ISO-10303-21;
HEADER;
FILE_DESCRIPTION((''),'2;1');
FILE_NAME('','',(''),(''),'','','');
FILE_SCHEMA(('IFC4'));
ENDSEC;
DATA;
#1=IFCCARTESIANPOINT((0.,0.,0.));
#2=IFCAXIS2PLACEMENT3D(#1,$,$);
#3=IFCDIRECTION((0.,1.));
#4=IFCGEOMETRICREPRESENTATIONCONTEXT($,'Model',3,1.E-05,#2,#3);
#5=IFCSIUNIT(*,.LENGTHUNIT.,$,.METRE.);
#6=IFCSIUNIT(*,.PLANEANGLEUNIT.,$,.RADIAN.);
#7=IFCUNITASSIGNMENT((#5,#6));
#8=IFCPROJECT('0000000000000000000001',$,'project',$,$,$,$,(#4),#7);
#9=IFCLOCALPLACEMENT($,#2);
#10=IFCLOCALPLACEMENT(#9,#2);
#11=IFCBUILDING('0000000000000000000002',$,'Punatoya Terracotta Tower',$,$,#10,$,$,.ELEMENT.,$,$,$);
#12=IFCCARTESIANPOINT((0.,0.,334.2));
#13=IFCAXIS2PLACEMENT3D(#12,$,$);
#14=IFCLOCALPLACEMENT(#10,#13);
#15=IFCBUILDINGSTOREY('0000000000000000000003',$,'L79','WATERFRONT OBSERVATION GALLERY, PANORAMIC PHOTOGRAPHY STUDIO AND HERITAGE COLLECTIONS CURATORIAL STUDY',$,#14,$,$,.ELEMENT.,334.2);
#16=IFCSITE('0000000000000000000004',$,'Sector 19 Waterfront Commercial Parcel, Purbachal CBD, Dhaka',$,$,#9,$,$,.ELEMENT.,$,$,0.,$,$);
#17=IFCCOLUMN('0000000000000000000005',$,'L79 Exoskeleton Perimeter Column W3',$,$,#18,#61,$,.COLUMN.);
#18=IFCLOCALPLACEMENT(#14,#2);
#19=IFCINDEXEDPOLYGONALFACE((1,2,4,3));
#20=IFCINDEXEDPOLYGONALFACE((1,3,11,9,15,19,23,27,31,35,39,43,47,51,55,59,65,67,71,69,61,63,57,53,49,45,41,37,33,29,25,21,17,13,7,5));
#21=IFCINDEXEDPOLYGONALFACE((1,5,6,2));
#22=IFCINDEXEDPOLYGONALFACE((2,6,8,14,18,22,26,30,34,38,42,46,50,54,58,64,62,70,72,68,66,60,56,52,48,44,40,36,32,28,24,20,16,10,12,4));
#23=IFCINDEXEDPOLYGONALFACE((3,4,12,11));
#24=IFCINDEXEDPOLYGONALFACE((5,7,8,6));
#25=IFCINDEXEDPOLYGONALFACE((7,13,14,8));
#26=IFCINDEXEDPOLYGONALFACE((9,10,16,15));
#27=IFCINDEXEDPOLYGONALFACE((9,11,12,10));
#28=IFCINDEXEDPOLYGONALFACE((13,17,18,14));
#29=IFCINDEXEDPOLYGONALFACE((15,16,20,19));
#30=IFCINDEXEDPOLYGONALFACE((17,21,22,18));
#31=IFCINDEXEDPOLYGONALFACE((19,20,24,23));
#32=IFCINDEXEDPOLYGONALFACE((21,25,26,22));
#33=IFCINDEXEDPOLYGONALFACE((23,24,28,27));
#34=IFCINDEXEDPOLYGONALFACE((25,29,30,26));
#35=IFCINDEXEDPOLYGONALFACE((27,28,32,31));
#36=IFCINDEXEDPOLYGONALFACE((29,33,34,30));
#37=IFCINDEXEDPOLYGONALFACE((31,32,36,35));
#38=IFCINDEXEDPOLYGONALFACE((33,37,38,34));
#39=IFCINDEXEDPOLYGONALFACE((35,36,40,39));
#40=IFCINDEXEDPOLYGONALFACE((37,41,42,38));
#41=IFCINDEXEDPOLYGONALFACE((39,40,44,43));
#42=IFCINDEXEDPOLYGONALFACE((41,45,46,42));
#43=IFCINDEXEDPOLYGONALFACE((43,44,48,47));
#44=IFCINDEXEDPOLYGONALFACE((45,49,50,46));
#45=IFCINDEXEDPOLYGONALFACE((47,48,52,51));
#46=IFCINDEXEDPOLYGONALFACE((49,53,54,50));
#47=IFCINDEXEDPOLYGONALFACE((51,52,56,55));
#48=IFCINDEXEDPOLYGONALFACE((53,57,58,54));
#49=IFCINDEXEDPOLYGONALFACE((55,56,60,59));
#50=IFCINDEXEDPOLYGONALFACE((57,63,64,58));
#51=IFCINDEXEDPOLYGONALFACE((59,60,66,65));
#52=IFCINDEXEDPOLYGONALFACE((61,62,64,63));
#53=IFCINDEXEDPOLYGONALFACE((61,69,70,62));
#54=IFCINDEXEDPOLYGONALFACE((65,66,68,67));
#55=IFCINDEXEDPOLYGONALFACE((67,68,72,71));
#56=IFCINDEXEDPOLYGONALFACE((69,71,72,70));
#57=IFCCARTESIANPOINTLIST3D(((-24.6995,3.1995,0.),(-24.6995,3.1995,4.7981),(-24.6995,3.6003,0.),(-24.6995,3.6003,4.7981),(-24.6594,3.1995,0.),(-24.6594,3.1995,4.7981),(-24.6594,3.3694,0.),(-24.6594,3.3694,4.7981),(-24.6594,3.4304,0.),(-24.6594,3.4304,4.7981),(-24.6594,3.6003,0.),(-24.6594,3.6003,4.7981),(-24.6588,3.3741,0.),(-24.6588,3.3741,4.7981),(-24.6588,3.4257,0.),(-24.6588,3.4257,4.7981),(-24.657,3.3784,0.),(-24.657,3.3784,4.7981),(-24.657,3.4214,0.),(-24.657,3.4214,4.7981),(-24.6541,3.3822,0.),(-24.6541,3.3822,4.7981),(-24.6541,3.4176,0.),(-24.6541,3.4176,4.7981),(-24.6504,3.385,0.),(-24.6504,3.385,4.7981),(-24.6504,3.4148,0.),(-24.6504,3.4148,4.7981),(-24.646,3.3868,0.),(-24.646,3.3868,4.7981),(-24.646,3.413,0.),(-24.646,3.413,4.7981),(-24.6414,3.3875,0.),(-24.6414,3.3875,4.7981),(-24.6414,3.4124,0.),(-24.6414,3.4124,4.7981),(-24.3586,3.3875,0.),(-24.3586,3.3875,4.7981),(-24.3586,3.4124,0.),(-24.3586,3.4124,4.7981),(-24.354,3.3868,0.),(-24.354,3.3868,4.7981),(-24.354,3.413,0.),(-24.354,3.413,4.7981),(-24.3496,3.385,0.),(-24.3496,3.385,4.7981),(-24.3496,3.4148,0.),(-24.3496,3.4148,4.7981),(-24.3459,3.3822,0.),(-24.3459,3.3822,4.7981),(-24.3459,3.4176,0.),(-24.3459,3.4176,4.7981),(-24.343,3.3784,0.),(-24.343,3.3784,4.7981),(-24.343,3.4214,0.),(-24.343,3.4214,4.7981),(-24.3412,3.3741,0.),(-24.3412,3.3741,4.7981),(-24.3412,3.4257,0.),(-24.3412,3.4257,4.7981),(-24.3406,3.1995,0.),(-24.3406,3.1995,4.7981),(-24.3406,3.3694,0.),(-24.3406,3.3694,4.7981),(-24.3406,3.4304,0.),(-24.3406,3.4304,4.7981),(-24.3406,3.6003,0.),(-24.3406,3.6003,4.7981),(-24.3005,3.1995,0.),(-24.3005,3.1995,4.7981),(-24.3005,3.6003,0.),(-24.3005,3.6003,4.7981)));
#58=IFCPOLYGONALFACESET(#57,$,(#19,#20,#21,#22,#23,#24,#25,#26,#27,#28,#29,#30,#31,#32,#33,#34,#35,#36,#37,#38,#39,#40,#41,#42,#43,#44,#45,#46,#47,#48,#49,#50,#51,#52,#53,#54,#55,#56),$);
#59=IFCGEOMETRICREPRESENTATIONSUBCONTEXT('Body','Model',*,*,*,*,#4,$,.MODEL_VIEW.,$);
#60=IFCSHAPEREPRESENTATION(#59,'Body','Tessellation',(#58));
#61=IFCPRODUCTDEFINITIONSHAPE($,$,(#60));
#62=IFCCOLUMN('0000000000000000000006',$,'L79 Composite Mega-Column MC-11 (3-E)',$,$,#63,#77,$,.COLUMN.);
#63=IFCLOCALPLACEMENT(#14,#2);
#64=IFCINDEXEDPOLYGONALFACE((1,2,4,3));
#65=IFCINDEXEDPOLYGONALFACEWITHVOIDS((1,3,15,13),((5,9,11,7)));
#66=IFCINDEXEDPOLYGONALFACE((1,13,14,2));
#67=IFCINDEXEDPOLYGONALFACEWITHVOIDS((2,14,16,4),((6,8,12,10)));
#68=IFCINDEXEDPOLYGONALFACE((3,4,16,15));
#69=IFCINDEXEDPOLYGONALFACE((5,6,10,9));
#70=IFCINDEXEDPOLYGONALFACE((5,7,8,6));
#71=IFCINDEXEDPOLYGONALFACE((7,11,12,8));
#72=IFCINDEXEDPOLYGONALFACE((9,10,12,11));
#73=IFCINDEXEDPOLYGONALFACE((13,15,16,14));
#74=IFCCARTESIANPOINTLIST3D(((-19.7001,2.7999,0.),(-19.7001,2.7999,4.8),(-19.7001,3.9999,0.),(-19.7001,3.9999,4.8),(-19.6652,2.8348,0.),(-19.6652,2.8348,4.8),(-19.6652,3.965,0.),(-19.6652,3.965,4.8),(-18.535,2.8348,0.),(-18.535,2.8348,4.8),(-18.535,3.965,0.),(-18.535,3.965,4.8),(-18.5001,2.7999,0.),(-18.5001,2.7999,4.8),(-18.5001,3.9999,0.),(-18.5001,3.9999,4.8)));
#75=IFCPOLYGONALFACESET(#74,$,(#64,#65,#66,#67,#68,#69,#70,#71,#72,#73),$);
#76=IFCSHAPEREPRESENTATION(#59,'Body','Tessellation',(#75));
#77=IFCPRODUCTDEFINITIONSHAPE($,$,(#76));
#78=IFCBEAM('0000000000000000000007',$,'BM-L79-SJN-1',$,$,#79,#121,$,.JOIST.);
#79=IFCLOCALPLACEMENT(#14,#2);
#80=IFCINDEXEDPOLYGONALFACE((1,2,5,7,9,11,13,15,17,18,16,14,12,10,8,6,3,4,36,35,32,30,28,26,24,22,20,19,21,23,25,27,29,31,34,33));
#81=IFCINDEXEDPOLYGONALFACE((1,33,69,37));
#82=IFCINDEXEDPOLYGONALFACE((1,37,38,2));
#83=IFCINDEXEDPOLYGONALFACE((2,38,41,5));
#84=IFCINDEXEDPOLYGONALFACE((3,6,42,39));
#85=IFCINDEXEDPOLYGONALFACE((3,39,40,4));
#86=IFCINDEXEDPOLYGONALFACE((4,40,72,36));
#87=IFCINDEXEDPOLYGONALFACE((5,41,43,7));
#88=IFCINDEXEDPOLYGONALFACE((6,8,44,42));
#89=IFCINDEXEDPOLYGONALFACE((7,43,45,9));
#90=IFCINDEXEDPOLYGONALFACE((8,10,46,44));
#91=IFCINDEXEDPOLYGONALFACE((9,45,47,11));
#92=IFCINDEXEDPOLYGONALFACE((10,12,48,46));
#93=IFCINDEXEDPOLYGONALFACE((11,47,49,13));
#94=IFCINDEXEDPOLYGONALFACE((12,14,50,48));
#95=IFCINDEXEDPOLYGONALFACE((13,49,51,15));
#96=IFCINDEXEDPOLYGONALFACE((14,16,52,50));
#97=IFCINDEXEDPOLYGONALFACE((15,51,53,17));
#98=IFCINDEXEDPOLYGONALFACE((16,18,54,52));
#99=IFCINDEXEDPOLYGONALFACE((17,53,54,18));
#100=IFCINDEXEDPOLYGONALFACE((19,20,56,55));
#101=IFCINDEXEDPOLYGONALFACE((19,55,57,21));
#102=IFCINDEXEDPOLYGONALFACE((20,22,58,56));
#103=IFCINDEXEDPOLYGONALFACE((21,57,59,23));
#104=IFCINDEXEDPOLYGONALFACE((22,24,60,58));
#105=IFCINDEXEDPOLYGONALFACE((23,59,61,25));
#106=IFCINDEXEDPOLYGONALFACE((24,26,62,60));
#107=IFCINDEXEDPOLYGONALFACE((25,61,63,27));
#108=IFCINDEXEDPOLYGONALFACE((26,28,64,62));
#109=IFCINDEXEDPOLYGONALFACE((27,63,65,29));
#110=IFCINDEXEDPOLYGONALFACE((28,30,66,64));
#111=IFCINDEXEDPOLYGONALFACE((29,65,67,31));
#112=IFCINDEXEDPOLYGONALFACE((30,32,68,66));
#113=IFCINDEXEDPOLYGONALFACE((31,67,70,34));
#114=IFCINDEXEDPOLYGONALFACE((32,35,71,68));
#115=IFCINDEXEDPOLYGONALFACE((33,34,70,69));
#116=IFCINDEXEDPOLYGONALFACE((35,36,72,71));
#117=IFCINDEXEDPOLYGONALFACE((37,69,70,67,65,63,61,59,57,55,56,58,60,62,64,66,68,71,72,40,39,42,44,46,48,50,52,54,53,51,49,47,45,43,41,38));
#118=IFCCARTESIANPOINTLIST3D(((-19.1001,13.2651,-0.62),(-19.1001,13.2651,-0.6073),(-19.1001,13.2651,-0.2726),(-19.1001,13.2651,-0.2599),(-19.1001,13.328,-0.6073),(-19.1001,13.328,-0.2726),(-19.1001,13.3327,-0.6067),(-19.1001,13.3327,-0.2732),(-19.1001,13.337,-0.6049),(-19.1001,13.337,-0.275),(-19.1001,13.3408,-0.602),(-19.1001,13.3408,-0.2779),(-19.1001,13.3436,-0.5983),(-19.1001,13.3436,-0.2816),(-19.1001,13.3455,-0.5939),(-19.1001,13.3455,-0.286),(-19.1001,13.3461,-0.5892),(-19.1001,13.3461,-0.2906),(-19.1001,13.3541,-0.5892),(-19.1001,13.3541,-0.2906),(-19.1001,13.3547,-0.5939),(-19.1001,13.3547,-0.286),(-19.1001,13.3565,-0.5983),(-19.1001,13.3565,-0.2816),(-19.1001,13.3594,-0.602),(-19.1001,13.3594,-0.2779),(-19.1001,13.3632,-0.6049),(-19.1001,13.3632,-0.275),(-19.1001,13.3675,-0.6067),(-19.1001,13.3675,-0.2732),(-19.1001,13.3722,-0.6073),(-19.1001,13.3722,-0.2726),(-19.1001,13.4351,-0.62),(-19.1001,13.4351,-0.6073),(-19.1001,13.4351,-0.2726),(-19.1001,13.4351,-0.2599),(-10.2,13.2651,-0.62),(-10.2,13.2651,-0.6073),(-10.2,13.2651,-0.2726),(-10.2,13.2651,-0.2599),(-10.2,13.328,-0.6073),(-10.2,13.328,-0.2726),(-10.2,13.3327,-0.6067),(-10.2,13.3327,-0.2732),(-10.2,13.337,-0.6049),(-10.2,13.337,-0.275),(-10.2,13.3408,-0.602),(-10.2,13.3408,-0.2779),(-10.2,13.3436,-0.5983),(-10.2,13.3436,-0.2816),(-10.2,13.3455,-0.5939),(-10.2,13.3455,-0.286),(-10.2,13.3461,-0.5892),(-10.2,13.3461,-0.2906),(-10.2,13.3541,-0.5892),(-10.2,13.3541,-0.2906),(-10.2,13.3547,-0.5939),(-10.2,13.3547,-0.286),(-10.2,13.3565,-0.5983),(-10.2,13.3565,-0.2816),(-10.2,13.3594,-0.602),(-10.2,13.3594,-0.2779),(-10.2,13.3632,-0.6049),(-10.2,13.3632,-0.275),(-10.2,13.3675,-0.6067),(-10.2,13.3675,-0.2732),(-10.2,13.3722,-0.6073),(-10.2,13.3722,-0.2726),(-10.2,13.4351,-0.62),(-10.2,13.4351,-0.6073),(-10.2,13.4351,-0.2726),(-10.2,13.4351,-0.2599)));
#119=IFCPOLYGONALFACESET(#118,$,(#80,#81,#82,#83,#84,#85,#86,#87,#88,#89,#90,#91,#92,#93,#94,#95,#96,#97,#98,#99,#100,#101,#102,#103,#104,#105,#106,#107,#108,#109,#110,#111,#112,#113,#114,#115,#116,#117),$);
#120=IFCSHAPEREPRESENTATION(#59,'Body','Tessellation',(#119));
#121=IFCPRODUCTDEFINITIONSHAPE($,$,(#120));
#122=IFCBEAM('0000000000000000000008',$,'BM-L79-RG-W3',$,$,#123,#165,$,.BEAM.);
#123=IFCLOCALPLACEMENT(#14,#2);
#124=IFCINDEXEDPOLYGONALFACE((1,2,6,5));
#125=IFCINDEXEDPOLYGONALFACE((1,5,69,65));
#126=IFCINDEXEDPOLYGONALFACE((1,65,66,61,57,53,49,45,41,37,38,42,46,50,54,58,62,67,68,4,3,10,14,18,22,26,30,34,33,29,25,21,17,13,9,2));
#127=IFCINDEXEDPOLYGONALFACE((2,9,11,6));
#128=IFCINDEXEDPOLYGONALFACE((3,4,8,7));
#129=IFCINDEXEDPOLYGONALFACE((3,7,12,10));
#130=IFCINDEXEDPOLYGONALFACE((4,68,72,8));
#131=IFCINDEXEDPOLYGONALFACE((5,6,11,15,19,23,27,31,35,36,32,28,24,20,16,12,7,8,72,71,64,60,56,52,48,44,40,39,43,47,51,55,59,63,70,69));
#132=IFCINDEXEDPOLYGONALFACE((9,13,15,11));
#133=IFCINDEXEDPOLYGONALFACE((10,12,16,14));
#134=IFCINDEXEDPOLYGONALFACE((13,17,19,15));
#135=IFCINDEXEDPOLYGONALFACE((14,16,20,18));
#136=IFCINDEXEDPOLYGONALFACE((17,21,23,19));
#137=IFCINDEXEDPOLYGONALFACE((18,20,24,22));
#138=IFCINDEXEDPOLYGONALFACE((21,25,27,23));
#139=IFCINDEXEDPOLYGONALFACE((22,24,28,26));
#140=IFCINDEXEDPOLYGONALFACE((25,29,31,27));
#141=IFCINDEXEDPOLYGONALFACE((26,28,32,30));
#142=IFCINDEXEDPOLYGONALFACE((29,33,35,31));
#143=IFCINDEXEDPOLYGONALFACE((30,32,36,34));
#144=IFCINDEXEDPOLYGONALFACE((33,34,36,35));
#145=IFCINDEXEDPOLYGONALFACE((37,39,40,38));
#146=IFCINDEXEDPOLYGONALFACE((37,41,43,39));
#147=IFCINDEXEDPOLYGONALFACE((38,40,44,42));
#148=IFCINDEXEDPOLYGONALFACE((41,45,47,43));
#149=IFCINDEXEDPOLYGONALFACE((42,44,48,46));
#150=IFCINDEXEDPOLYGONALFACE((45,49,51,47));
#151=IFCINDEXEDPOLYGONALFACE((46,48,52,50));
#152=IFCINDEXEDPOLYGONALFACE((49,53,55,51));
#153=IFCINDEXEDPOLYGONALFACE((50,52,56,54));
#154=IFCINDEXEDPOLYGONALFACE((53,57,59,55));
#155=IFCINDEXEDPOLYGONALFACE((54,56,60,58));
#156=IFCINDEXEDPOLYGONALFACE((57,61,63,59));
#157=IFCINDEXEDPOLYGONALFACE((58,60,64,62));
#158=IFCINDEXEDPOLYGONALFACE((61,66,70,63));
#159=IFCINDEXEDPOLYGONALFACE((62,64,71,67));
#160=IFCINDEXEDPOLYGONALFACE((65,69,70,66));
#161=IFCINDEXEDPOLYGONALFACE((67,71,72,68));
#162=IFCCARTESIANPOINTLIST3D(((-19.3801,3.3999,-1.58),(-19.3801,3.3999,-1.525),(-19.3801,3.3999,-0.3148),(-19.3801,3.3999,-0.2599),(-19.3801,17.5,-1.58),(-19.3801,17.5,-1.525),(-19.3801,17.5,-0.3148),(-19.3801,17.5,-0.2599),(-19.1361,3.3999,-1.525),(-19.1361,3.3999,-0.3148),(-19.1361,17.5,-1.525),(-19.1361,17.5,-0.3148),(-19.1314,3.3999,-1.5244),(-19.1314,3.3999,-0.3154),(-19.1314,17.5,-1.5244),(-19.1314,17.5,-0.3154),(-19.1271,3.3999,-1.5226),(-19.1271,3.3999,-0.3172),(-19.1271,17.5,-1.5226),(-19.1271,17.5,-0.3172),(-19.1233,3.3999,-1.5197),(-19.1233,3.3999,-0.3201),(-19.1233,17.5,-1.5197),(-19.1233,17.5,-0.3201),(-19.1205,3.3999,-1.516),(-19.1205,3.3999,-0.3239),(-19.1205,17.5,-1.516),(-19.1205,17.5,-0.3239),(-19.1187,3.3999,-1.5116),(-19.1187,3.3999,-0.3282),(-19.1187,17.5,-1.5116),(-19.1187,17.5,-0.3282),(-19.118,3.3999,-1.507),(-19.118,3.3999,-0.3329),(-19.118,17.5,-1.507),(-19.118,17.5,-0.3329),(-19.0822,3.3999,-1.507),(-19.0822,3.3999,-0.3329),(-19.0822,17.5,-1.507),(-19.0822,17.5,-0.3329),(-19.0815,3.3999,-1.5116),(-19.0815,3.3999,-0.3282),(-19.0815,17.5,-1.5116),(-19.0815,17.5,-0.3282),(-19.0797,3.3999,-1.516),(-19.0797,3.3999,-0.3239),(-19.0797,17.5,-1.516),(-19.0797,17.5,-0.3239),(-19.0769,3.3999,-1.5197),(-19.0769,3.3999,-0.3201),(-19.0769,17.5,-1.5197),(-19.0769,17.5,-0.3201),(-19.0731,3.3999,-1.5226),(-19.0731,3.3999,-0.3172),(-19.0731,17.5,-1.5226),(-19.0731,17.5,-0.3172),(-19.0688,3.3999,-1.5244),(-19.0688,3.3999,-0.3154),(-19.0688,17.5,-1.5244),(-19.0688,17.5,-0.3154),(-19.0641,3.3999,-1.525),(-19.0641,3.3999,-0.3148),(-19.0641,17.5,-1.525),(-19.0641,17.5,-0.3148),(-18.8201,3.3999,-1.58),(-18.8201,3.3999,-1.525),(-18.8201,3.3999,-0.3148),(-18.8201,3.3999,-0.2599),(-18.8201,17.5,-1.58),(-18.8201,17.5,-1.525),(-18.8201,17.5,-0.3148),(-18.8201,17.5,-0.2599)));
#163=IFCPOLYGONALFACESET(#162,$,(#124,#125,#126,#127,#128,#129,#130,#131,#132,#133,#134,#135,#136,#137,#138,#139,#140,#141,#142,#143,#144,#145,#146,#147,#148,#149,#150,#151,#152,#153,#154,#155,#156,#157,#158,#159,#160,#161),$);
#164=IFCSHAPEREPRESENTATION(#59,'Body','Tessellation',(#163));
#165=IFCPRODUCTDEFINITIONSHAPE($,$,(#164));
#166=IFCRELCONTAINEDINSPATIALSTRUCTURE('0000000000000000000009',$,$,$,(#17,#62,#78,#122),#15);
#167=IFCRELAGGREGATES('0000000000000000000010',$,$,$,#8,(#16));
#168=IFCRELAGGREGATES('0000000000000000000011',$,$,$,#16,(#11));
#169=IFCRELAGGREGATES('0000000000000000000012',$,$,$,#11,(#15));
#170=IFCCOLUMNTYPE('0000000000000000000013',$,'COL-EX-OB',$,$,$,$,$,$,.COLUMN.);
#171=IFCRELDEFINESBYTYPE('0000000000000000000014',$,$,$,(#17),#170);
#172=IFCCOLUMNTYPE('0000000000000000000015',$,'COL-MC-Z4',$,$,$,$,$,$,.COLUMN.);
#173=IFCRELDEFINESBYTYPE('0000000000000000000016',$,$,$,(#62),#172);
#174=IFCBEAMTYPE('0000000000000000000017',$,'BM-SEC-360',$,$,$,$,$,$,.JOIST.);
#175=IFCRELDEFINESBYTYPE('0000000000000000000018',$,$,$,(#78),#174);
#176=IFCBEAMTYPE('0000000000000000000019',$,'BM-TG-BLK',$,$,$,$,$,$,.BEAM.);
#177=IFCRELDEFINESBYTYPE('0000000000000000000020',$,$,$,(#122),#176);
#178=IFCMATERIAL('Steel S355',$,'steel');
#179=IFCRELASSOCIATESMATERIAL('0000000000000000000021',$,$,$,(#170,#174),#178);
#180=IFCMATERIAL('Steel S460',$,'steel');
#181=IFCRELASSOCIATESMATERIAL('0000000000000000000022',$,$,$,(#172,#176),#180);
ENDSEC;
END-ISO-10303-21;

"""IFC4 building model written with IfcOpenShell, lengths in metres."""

from ifc_helpers import new_model, si_unit, direction, frame, origin, origin_2d, place, context, subcontext, project, spatial, hollow_rectangle, i_section, extrude, material, material_profile, profile_set, type_object, element, save


model = new_model("IFC4")

# Units and contexts
model_context = context("Model", 3, precision=1e-05, world=origin(), true_north=direction((0.0, 1.0)))
body_context = subcontext(model_context, "Body", "Model", "MODEL_VIEW")
ifc_project = project(units=[si_unit("LENGTHUNIT", "METRE"), si_unit("PLANEANGLEUNIT", "RADIAN")], contexts=[model_context])

# Site, building, storey
site_placement = place(None, origin())
site = spatial("IfcSite", under=ifc_project, at=site_placement, Name="Sector 19 Waterfront Commercial Parcel, Purbachal CBD, Dhaka", CompositionType="ELEMENT", RefElevation=0.0)
building_placement = place(site_placement, origin())
building = spatial("IfcBuilding", under=site, at=building_placement, Name="Punatoya Terracotta Tower", CompositionType="ELEMENT")
storey_placement = place(building_placement, frame((0.0, 0.0, 334.2)))
storey = spatial("IfcBuildingStorey", under=building, at=storey_placement, Name="L79", Description="WATERFRONT OBSERVATION GALLERY, PANORAMIC PHOTOGRAPHY STUDIO AND HERITAGE COLLECTIONS CURATORIAL STUDY", CompositionType="ELEMENT", Elevation=334.2)

# Columns
ifc_material_1 = material(Name="Steel S355", Category="steel")
ifc_material_profile_1 = material_profile(ifc_material_1, i_section(OverallWidth=0.4009, OverallDepth=0.3989, WebThickness=0.0249, FlangeThickness=0.04, FilletRadius=0.0181, at=origin_2d()))
ifc_profile_set_1 = profile_set([ifc_material_profile_1], Name="Steel S355")
column_type_1 = type_object("IfcColumnType", Name="COL-EX-OB", PredefinedType="COLUMN", material=ifc_profile_set_1)
column_1_placement = place(storey_placement, frame((-24.5, 3.3999, 0.0), z_axis=(0.0, 0.0, 1.0), x_axis=(0.0, 1.0, 0.0)))
element("IfcColumn", 1, at=column_1_placement, inside=storey, type_object=column_type_1, Name="L79 Exoskeleton Perimeter Column W3", PredefinedType="COLUMN", context=body_context, shape_type="SweptSolid", body=[
    extrude(i_section(OverallWidth=0.4009, OverallDepth=0.3989, WebThickness=0.0249, FlangeThickness=0.04, FilletRadius=0.0181, at=origin_2d()), origin(), (0.0, 0.0, 1.0), 4.7981),
])
ifc_material_2 = material(Name="Steel S460", Category="steel")
ifc_material_profile_2 = material_profile(ifc_material_2, hollow_rectangle(XDim=1.2, YDim=1.2, WallThickness=0.0349, at=origin_2d()))
ifc_profile_set_2 = profile_set([ifc_material_profile_2], Name="Steel S460")
column_type_2 = type_object("IfcColumnType", Name="COL-MC-Z4", PredefinedType="COLUMN", material=ifc_profile_set_2)
column_2_placement = place(storey_placement, frame((-19.1001, 3.3999, 0.0), z_axis=(0.0, 0.0, 1.0), x_axis=(1.0, 0.0, 0.0)))
element("IfcColumn", 2, at=column_2_placement, inside=storey, type_object=column_type_2, Name="L79 Composite Mega-Column MC-11 (3-E)", PredefinedType="COLUMN", context=body_context, shape_type="SweptSolid", body=[
    extrude(hollow_rectangle(XDim=1.2, YDim=1.2, WallThickness=0.0349, at=origin_2d()), origin(), (0.0, 0.0, 1.0), 4.8),
])

# Beams
ifc_material_profile_3 = material_profile(ifc_material_1, i_section(OverallWidth=0.1699, OverallDepth=0.3601, WebThickness=0.0081, FlangeThickness=0.0127, FilletRadius=0.0181, at=origin_2d()))
ifc_profile_set_3 = profile_set([ifc_material_profile_3], Name="Steel S355")
beam_type_1 = type_object("IfcBeamType", Name="BM-SEC-360", PredefinedType="JOIST", material=ifc_profile_set_3)
beam_1_placement = place(storey_placement, frame((-19.1001, 13.3501, -0.4399), z_axis=(1.0, 0.0, 0.0), x_axis=(0.0, 1.0, 0.0)))
element("IfcBeam", 3, at=beam_1_placement, inside=storey, type_object=beam_type_1, Name="BM-L79-SJN-1", PredefinedType="JOIST", context=body_context, shape_type="SweptSolid", body=[
    extrude(i_section(OverallWidth=0.1699, OverallDepth=0.3601, WebThickness=0.0081, FlangeThickness=0.0127, FilletRadius=0.0181, at=origin_2d()), origin(), (0.0, 0.0, 1.0), 8.9001),
])
ifc_material_profile_4 = material_profile(ifc_material_2, i_section(OverallWidth=0.5601, OverallDepth=1.3201, WebThickness=0.0359, FlangeThickness=0.0549, FilletRadius=0.0181, at=origin_2d()))
ifc_profile_set_4 = profile_set([ifc_material_profile_4], Name="Steel S460")
beam_type_2 = type_object("IfcBeamType", Name="BM-TG-BLK", PredefinedType="BEAM", material=ifc_profile_set_4)
beam_2_placement = place(storey_placement, frame((-19.1001, 3.3999, -0.9199), z_axis=(0.0, 1.0, 0.0), x_axis=(-1.0, 0.0, 0.0)))
element("IfcBeam", 4, at=beam_2_placement, inside=storey, type_object=beam_type_2, Name="BM-L79-RG-W3", PredefinedType="BEAM", context=body_context, shape_type="SweptSolid", body=[
    extrude(i_section(OverallWidth=0.5601, OverallDepth=1.3201, WebThickness=0.0359, FlangeThickness=0.0549, FilletRadius=0.0181, at=origin_2d()), origin(), (0.0, 0.0, 1.0), 14.1001),
])

save(model, "model.ifc")
